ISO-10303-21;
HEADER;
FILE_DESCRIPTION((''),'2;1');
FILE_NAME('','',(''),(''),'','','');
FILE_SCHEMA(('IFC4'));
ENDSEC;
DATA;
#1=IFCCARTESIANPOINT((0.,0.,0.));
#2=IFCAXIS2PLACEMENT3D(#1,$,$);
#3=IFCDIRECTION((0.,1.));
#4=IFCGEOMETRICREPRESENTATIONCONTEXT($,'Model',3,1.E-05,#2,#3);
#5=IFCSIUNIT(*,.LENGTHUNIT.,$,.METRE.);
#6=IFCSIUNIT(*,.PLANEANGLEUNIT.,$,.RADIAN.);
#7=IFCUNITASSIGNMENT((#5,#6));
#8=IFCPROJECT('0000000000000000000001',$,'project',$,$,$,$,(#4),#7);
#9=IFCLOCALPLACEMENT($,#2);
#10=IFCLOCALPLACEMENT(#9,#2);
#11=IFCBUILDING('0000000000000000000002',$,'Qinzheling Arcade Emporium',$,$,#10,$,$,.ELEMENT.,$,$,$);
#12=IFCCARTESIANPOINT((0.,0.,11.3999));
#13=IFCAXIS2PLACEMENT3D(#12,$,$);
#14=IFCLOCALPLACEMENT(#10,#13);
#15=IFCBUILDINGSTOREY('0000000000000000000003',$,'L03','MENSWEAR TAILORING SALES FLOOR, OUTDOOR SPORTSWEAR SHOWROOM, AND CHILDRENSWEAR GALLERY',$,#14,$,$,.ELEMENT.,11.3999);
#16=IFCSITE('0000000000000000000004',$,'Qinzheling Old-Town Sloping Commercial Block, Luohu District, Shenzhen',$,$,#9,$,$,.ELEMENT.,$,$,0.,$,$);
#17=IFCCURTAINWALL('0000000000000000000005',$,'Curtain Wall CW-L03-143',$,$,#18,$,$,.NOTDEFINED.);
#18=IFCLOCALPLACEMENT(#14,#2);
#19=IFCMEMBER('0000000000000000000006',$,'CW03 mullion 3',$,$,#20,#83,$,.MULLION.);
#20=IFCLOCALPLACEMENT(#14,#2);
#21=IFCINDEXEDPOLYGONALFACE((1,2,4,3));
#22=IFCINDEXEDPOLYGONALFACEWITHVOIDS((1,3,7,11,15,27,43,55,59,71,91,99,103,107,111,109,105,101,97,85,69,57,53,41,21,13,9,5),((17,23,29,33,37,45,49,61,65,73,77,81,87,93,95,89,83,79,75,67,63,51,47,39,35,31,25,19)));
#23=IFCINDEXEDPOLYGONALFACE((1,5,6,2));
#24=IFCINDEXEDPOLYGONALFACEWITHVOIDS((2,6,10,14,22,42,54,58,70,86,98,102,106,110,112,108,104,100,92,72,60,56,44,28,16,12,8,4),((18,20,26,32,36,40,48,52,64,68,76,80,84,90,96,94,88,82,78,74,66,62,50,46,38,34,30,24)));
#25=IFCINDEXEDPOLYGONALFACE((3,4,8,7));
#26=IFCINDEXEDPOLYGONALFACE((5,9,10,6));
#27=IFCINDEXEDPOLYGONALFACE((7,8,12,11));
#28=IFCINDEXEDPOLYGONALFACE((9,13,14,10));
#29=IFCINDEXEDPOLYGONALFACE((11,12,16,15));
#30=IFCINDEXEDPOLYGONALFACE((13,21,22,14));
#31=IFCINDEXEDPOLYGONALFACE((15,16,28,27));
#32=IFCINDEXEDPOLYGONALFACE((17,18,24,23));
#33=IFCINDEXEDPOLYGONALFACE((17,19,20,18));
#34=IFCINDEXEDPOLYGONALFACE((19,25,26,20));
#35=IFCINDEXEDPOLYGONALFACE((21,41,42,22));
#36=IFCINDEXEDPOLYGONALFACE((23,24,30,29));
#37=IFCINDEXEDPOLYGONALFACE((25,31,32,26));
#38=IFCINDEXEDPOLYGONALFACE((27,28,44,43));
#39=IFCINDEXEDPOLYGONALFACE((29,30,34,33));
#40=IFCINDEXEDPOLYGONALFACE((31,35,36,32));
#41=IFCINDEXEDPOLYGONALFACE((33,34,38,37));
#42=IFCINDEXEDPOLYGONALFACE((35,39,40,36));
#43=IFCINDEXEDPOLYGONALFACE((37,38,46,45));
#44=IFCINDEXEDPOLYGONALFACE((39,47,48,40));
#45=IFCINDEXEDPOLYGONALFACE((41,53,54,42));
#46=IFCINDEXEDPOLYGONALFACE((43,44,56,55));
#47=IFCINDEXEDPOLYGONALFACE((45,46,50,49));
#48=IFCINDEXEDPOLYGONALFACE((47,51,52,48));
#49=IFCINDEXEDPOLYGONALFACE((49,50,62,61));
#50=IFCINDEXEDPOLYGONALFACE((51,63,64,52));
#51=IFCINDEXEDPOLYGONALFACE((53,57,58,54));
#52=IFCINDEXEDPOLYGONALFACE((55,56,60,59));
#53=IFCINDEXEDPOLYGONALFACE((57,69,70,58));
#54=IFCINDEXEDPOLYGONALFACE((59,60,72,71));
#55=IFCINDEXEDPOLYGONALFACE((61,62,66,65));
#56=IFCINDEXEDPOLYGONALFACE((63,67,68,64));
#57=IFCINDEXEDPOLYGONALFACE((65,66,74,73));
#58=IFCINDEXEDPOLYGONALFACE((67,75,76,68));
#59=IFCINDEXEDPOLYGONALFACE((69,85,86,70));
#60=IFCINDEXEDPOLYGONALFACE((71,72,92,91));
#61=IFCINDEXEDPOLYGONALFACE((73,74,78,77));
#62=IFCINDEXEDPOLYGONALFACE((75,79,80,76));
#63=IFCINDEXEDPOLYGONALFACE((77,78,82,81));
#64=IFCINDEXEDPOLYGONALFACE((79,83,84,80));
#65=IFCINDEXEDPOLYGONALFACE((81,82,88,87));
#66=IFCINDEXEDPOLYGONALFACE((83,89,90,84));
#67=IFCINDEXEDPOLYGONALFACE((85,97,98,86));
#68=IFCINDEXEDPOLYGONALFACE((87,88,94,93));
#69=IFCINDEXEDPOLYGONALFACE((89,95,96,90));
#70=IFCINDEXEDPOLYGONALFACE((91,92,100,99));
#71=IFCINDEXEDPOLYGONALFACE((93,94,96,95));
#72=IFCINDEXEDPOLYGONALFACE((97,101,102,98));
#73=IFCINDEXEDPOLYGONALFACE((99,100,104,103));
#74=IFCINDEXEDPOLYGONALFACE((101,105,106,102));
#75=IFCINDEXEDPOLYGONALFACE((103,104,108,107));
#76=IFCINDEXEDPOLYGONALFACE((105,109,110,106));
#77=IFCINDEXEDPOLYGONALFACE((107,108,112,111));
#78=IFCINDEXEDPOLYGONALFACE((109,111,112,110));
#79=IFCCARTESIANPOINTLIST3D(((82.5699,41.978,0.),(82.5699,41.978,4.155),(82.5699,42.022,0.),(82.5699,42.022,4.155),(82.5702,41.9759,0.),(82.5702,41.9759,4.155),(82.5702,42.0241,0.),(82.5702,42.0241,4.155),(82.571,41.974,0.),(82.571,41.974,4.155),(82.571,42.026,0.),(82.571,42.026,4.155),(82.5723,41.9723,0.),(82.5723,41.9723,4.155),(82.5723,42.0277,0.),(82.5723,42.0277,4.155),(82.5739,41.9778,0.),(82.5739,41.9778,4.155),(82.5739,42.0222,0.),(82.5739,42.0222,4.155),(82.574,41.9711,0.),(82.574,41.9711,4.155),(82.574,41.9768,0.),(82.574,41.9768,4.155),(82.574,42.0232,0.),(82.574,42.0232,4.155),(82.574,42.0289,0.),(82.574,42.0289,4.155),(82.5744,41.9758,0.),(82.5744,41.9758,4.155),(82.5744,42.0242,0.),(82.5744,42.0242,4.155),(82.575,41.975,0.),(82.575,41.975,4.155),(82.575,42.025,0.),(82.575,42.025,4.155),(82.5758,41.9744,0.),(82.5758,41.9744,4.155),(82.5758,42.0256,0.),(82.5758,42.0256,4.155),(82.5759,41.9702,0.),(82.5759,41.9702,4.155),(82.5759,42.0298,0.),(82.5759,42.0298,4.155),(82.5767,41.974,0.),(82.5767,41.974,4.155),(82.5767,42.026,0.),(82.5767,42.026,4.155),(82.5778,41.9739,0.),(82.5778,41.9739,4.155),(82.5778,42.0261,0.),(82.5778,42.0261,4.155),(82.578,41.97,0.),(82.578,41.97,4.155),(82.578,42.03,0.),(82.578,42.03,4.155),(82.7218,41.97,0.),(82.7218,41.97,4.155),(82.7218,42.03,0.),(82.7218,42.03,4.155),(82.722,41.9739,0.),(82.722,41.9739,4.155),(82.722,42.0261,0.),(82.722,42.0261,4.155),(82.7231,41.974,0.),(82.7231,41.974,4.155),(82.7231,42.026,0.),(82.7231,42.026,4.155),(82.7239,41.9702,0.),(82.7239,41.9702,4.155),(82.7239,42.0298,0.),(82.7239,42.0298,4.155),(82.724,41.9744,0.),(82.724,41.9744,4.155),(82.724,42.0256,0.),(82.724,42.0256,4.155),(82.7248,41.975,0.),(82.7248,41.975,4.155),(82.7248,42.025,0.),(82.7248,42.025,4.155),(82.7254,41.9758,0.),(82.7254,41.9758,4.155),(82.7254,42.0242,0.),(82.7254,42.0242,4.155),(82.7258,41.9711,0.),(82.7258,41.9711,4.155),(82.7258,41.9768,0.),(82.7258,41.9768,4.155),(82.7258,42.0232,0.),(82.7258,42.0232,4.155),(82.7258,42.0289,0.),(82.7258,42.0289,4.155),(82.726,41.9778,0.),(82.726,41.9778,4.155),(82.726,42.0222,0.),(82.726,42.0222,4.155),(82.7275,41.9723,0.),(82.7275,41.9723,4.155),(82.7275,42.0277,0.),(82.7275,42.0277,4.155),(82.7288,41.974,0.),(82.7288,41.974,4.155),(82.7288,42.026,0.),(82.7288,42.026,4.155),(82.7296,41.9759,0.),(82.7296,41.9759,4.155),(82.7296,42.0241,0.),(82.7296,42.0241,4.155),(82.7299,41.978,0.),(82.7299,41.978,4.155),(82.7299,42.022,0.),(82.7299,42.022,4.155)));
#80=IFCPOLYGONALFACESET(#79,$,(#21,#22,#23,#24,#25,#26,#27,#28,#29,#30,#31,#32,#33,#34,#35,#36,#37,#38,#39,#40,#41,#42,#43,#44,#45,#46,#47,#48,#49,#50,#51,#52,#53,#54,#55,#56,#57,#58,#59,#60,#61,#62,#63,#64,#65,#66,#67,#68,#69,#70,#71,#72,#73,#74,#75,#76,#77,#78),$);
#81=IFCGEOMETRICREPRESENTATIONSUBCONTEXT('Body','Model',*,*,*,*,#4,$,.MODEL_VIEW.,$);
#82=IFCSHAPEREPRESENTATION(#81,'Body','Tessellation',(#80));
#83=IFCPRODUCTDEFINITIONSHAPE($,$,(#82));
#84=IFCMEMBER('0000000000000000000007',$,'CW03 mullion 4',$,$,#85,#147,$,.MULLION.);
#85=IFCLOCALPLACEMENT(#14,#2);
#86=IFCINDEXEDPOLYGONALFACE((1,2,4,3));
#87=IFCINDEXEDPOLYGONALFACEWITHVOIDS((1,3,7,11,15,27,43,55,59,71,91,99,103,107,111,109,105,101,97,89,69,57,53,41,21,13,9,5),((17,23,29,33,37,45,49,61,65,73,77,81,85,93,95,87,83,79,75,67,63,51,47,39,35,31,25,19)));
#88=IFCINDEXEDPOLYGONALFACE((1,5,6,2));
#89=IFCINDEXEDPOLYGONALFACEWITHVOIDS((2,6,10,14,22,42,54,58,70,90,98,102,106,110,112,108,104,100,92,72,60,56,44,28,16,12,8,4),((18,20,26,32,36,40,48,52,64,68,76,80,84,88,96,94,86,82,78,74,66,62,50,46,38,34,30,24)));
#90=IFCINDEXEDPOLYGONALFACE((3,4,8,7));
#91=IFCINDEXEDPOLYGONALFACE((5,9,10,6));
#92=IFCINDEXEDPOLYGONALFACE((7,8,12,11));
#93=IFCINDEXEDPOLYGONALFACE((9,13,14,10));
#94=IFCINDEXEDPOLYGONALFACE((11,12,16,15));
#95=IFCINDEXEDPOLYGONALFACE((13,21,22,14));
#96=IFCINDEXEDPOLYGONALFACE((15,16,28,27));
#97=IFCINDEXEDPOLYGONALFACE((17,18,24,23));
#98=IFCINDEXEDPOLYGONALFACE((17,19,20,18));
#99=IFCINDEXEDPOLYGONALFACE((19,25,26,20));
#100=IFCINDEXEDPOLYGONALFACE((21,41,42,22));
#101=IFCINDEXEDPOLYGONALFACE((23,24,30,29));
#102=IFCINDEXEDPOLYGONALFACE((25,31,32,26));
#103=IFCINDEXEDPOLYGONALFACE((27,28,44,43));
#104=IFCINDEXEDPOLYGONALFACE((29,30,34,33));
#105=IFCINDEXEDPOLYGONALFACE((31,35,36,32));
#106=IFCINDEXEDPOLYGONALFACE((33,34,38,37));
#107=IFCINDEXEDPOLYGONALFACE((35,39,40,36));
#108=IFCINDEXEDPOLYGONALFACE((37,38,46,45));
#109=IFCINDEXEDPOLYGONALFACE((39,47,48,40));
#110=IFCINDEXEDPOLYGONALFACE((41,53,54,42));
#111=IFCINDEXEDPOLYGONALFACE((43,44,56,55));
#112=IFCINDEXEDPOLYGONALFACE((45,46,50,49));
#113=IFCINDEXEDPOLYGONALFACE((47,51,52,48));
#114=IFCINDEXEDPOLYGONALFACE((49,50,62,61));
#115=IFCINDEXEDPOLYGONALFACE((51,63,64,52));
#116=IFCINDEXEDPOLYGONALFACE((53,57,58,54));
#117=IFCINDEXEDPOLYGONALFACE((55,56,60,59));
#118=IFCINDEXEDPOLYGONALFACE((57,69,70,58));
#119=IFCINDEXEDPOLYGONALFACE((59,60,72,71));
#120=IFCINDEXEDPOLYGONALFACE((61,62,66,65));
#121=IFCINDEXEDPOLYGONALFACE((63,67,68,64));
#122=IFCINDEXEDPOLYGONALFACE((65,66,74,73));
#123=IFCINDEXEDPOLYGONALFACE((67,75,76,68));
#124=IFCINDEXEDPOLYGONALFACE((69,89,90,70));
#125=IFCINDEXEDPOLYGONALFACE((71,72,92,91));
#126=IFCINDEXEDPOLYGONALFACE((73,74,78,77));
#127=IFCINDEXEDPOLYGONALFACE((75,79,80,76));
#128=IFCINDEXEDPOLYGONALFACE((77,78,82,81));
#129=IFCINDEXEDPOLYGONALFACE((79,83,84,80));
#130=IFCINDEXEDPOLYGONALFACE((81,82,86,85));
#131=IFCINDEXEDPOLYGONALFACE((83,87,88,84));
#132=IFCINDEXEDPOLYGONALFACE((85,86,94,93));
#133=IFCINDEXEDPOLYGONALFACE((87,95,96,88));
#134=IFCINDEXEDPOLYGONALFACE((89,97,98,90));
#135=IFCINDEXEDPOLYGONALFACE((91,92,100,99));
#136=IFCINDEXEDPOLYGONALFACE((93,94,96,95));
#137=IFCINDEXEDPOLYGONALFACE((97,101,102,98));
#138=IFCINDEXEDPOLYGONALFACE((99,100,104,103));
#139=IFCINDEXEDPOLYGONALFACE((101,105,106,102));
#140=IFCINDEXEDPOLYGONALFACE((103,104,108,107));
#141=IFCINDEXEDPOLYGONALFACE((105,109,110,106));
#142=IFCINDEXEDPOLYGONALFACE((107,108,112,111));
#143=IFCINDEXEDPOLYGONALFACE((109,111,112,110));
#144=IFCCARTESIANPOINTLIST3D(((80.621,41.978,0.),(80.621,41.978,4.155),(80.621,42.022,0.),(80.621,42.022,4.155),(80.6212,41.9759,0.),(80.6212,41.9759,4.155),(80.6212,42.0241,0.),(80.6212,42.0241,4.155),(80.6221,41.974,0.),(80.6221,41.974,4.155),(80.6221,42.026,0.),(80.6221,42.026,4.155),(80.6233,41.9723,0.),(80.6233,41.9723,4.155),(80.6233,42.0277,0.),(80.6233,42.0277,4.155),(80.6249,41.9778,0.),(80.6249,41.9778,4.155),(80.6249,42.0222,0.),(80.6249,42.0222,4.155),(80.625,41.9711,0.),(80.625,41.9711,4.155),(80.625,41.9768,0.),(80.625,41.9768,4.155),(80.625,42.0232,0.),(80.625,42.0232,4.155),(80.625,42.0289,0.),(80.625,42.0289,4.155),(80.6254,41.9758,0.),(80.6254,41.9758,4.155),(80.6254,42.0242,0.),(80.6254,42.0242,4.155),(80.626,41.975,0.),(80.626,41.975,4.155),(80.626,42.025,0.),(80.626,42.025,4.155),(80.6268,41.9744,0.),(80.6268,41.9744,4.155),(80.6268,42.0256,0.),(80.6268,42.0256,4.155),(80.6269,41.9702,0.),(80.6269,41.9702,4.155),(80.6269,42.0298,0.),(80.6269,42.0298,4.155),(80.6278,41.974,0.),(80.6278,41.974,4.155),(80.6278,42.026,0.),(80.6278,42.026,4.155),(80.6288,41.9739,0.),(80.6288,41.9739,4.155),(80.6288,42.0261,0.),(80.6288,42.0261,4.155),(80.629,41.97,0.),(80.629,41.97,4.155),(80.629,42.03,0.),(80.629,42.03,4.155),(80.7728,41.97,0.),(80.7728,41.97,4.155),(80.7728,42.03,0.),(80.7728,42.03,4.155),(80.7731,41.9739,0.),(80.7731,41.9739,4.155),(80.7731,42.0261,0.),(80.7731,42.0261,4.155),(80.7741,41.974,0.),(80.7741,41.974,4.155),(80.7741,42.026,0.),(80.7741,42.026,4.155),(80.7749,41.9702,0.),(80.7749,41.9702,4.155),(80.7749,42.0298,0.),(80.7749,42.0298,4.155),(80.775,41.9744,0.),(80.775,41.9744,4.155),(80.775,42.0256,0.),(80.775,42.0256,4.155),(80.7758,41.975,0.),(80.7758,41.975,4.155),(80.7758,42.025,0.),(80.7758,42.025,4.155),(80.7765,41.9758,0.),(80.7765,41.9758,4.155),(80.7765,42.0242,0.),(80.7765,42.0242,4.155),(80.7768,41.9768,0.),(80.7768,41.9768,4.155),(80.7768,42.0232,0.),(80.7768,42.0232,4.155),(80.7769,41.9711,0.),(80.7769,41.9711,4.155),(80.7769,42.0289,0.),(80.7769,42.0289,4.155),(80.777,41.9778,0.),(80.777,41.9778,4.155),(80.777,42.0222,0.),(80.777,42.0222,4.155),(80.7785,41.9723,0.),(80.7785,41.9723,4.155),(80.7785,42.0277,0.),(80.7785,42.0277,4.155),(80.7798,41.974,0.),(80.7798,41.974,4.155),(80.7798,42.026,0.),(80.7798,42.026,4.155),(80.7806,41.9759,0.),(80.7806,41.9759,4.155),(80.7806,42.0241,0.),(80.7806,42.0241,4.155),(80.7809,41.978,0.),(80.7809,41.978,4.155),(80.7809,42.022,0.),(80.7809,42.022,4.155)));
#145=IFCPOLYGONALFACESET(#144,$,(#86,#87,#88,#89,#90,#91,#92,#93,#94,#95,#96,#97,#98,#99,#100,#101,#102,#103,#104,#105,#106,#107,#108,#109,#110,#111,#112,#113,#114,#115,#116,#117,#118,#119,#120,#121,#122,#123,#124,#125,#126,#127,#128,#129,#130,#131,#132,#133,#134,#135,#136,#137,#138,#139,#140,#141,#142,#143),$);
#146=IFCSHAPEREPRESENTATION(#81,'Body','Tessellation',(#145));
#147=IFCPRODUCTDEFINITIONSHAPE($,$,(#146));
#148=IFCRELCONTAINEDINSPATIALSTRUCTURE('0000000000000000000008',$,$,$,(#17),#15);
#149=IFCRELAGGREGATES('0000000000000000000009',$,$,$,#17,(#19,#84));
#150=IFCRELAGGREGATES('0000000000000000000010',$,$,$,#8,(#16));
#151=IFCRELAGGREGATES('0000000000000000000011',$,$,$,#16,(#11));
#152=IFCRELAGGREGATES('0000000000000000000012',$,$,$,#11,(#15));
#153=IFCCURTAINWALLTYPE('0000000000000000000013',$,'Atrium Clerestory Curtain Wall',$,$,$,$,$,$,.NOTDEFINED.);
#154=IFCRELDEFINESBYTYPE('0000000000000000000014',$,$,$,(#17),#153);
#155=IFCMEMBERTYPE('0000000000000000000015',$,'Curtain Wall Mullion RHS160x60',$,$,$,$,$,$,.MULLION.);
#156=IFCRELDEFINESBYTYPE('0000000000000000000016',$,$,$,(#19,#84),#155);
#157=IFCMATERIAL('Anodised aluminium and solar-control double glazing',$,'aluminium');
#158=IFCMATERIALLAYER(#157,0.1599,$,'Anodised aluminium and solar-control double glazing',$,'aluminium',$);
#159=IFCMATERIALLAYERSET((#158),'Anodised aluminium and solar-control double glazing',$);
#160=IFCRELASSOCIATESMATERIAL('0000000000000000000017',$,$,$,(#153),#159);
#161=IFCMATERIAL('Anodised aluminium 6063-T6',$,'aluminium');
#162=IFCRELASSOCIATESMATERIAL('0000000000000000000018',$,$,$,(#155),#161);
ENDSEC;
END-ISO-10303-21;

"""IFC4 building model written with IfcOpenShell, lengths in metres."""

from ifc_helpers import new_model, si_unit, direction, frame, origin, origin_2d, place, context, subcontext, project, spatial, hollow_rectangle, extrude, material, layer, layer_set, material_profile, profile_set, type_object, element, aggregate, save


model = new_model("IFC4")

# Units and contexts
model_context = context("Model", 3, precision=1e-05, world=origin(), true_north=direction((0.0, 1.0)))
body_context = subcontext(model_context, "Body", "Model", "MODEL_VIEW")
ifc_project = project(units=[si_unit("LENGTHUNIT", "METRE"), si_unit("PLANEANGLEUNIT", "RADIAN")], contexts=[model_context])

# Site, building, storey
site_placement = place(None, origin())
site = spatial("IfcSite", under=ifc_project, at=site_placement, Name="Qinzheling Old-Town Sloping Commercial Block, Luohu District, Shenzhen", CompositionType="ELEMENT", RefElevation=0.0)
building_placement = place(site_placement, origin())
building = spatial("IfcBuilding", under=site, at=building_placement, Name="Qinzheling Arcade Emporium", CompositionType="ELEMENT")
storey_placement = place(building_placement, frame((0.0, 0.0, 11.3999)))
storey = spatial("IfcBuildingStorey", under=building, at=storey_placement, Name="L03", Description="MENSWEAR TAILORING SALES FLOOR, OUTDOOR SPORTSWEAR SHOWROOM, AND CHILDRENSWEAR GALLERY", CompositionType="ELEMENT", Elevation=11.3999)

# Curtain wall, members
ifc_material_1 = material(Name="Anodised aluminium and solar-control double glazing", Category="aluminium")
ifc_layer_1 = layer(ifc_material_1, 0.1599, Name="Anodised aluminium and solar-control double glazing", Category="aluminium")
ifc_layer_set_1 = layer_set([ifc_layer_1], Name="Anodised aluminium and solar-control double glazing")
curtain_wall_type = type_object("IfcCurtainWallType", Name="Atrium Clerestory Curtain Wall", PredefinedType="NOTDEFINED", material=ifc_layer_set_1)
curtain_wall_placement = place(storey_placement, origin())
curtain_wall = element("IfcCurtainWall", 1, at=curtain_wall_placement, inside=storey, type_object=curtain_wall_type, Name="Curtain Wall CW-L03-143", PredefinedType="NOTDEFINED")
ifc_material_2 = material(Name="Anodised aluminium 6063-T6", Category="aluminium")
ifc_material_profile_1 = material_profile(ifc_material_2, hollow_rectangle(XDim=0.0601, YDim=0.1599, WallThickness=0.0039, InnerFilletRadius=0.0039, OuterFilletRadius=0.0081, at=origin_2d()), Name="RHS 160x60x4", Category="aluminium")
ifc_profile_set_1 = profile_set([ifc_material_profile_1], Name="Anodised aluminium 6063-T6")
member_type_1 = type_object("IfcMemberType", Name="Curtain Wall Mullion RHS160x60", PredefinedType="MULLION", material=ifc_profile_set_1)
member_1_placement = place(storey_placement, frame((82.6499, 42.0, 0.0), z_axis=(0.0, 0.0, 1.0), x_axis=(0.0, -1.0, 0.0)))
member_1 = element("IfcMember", 2, at=member_1_placement, type_object=member_type_1, Name="CW03 mullion 3", PredefinedType="MULLION", context=body_context, shape_type="SweptSolid", body=[
    extrude(hollow_rectangle(XDim=0.0601, YDim=0.1599, WallThickness=0.0039, InnerFilletRadius=0.0039, OuterFilletRadius=0.0081, at=origin_2d()), origin(), (0.0, 0.0, 1.0), 4.155),
])
member_2_placement = place(storey_placement, frame((80.7009, 42.0, 0.0), z_axis=(0.0, 0.0, 1.0), x_axis=(0.0, -1.0, 0.0)))
member_2 = element("IfcMember", 3, at=member_2_placement, type_object=member_type_1, Name="CW03 mullion 4", PredefinedType="MULLION", context=body_context, shape_type="SweptSolid", body=[
    extrude(hollow_rectangle(XDim=0.0601, YDim=0.1599, WallThickness=0.0039, InnerFilletRadius=0.0039, OuterFilletRadius=0.0081, at=origin_2d()), origin(), (0.0, 0.0, 1.0), 4.155),
])
aggregate(curtain_wall, [member_1, member_2])

save(model, "model.ifc")
